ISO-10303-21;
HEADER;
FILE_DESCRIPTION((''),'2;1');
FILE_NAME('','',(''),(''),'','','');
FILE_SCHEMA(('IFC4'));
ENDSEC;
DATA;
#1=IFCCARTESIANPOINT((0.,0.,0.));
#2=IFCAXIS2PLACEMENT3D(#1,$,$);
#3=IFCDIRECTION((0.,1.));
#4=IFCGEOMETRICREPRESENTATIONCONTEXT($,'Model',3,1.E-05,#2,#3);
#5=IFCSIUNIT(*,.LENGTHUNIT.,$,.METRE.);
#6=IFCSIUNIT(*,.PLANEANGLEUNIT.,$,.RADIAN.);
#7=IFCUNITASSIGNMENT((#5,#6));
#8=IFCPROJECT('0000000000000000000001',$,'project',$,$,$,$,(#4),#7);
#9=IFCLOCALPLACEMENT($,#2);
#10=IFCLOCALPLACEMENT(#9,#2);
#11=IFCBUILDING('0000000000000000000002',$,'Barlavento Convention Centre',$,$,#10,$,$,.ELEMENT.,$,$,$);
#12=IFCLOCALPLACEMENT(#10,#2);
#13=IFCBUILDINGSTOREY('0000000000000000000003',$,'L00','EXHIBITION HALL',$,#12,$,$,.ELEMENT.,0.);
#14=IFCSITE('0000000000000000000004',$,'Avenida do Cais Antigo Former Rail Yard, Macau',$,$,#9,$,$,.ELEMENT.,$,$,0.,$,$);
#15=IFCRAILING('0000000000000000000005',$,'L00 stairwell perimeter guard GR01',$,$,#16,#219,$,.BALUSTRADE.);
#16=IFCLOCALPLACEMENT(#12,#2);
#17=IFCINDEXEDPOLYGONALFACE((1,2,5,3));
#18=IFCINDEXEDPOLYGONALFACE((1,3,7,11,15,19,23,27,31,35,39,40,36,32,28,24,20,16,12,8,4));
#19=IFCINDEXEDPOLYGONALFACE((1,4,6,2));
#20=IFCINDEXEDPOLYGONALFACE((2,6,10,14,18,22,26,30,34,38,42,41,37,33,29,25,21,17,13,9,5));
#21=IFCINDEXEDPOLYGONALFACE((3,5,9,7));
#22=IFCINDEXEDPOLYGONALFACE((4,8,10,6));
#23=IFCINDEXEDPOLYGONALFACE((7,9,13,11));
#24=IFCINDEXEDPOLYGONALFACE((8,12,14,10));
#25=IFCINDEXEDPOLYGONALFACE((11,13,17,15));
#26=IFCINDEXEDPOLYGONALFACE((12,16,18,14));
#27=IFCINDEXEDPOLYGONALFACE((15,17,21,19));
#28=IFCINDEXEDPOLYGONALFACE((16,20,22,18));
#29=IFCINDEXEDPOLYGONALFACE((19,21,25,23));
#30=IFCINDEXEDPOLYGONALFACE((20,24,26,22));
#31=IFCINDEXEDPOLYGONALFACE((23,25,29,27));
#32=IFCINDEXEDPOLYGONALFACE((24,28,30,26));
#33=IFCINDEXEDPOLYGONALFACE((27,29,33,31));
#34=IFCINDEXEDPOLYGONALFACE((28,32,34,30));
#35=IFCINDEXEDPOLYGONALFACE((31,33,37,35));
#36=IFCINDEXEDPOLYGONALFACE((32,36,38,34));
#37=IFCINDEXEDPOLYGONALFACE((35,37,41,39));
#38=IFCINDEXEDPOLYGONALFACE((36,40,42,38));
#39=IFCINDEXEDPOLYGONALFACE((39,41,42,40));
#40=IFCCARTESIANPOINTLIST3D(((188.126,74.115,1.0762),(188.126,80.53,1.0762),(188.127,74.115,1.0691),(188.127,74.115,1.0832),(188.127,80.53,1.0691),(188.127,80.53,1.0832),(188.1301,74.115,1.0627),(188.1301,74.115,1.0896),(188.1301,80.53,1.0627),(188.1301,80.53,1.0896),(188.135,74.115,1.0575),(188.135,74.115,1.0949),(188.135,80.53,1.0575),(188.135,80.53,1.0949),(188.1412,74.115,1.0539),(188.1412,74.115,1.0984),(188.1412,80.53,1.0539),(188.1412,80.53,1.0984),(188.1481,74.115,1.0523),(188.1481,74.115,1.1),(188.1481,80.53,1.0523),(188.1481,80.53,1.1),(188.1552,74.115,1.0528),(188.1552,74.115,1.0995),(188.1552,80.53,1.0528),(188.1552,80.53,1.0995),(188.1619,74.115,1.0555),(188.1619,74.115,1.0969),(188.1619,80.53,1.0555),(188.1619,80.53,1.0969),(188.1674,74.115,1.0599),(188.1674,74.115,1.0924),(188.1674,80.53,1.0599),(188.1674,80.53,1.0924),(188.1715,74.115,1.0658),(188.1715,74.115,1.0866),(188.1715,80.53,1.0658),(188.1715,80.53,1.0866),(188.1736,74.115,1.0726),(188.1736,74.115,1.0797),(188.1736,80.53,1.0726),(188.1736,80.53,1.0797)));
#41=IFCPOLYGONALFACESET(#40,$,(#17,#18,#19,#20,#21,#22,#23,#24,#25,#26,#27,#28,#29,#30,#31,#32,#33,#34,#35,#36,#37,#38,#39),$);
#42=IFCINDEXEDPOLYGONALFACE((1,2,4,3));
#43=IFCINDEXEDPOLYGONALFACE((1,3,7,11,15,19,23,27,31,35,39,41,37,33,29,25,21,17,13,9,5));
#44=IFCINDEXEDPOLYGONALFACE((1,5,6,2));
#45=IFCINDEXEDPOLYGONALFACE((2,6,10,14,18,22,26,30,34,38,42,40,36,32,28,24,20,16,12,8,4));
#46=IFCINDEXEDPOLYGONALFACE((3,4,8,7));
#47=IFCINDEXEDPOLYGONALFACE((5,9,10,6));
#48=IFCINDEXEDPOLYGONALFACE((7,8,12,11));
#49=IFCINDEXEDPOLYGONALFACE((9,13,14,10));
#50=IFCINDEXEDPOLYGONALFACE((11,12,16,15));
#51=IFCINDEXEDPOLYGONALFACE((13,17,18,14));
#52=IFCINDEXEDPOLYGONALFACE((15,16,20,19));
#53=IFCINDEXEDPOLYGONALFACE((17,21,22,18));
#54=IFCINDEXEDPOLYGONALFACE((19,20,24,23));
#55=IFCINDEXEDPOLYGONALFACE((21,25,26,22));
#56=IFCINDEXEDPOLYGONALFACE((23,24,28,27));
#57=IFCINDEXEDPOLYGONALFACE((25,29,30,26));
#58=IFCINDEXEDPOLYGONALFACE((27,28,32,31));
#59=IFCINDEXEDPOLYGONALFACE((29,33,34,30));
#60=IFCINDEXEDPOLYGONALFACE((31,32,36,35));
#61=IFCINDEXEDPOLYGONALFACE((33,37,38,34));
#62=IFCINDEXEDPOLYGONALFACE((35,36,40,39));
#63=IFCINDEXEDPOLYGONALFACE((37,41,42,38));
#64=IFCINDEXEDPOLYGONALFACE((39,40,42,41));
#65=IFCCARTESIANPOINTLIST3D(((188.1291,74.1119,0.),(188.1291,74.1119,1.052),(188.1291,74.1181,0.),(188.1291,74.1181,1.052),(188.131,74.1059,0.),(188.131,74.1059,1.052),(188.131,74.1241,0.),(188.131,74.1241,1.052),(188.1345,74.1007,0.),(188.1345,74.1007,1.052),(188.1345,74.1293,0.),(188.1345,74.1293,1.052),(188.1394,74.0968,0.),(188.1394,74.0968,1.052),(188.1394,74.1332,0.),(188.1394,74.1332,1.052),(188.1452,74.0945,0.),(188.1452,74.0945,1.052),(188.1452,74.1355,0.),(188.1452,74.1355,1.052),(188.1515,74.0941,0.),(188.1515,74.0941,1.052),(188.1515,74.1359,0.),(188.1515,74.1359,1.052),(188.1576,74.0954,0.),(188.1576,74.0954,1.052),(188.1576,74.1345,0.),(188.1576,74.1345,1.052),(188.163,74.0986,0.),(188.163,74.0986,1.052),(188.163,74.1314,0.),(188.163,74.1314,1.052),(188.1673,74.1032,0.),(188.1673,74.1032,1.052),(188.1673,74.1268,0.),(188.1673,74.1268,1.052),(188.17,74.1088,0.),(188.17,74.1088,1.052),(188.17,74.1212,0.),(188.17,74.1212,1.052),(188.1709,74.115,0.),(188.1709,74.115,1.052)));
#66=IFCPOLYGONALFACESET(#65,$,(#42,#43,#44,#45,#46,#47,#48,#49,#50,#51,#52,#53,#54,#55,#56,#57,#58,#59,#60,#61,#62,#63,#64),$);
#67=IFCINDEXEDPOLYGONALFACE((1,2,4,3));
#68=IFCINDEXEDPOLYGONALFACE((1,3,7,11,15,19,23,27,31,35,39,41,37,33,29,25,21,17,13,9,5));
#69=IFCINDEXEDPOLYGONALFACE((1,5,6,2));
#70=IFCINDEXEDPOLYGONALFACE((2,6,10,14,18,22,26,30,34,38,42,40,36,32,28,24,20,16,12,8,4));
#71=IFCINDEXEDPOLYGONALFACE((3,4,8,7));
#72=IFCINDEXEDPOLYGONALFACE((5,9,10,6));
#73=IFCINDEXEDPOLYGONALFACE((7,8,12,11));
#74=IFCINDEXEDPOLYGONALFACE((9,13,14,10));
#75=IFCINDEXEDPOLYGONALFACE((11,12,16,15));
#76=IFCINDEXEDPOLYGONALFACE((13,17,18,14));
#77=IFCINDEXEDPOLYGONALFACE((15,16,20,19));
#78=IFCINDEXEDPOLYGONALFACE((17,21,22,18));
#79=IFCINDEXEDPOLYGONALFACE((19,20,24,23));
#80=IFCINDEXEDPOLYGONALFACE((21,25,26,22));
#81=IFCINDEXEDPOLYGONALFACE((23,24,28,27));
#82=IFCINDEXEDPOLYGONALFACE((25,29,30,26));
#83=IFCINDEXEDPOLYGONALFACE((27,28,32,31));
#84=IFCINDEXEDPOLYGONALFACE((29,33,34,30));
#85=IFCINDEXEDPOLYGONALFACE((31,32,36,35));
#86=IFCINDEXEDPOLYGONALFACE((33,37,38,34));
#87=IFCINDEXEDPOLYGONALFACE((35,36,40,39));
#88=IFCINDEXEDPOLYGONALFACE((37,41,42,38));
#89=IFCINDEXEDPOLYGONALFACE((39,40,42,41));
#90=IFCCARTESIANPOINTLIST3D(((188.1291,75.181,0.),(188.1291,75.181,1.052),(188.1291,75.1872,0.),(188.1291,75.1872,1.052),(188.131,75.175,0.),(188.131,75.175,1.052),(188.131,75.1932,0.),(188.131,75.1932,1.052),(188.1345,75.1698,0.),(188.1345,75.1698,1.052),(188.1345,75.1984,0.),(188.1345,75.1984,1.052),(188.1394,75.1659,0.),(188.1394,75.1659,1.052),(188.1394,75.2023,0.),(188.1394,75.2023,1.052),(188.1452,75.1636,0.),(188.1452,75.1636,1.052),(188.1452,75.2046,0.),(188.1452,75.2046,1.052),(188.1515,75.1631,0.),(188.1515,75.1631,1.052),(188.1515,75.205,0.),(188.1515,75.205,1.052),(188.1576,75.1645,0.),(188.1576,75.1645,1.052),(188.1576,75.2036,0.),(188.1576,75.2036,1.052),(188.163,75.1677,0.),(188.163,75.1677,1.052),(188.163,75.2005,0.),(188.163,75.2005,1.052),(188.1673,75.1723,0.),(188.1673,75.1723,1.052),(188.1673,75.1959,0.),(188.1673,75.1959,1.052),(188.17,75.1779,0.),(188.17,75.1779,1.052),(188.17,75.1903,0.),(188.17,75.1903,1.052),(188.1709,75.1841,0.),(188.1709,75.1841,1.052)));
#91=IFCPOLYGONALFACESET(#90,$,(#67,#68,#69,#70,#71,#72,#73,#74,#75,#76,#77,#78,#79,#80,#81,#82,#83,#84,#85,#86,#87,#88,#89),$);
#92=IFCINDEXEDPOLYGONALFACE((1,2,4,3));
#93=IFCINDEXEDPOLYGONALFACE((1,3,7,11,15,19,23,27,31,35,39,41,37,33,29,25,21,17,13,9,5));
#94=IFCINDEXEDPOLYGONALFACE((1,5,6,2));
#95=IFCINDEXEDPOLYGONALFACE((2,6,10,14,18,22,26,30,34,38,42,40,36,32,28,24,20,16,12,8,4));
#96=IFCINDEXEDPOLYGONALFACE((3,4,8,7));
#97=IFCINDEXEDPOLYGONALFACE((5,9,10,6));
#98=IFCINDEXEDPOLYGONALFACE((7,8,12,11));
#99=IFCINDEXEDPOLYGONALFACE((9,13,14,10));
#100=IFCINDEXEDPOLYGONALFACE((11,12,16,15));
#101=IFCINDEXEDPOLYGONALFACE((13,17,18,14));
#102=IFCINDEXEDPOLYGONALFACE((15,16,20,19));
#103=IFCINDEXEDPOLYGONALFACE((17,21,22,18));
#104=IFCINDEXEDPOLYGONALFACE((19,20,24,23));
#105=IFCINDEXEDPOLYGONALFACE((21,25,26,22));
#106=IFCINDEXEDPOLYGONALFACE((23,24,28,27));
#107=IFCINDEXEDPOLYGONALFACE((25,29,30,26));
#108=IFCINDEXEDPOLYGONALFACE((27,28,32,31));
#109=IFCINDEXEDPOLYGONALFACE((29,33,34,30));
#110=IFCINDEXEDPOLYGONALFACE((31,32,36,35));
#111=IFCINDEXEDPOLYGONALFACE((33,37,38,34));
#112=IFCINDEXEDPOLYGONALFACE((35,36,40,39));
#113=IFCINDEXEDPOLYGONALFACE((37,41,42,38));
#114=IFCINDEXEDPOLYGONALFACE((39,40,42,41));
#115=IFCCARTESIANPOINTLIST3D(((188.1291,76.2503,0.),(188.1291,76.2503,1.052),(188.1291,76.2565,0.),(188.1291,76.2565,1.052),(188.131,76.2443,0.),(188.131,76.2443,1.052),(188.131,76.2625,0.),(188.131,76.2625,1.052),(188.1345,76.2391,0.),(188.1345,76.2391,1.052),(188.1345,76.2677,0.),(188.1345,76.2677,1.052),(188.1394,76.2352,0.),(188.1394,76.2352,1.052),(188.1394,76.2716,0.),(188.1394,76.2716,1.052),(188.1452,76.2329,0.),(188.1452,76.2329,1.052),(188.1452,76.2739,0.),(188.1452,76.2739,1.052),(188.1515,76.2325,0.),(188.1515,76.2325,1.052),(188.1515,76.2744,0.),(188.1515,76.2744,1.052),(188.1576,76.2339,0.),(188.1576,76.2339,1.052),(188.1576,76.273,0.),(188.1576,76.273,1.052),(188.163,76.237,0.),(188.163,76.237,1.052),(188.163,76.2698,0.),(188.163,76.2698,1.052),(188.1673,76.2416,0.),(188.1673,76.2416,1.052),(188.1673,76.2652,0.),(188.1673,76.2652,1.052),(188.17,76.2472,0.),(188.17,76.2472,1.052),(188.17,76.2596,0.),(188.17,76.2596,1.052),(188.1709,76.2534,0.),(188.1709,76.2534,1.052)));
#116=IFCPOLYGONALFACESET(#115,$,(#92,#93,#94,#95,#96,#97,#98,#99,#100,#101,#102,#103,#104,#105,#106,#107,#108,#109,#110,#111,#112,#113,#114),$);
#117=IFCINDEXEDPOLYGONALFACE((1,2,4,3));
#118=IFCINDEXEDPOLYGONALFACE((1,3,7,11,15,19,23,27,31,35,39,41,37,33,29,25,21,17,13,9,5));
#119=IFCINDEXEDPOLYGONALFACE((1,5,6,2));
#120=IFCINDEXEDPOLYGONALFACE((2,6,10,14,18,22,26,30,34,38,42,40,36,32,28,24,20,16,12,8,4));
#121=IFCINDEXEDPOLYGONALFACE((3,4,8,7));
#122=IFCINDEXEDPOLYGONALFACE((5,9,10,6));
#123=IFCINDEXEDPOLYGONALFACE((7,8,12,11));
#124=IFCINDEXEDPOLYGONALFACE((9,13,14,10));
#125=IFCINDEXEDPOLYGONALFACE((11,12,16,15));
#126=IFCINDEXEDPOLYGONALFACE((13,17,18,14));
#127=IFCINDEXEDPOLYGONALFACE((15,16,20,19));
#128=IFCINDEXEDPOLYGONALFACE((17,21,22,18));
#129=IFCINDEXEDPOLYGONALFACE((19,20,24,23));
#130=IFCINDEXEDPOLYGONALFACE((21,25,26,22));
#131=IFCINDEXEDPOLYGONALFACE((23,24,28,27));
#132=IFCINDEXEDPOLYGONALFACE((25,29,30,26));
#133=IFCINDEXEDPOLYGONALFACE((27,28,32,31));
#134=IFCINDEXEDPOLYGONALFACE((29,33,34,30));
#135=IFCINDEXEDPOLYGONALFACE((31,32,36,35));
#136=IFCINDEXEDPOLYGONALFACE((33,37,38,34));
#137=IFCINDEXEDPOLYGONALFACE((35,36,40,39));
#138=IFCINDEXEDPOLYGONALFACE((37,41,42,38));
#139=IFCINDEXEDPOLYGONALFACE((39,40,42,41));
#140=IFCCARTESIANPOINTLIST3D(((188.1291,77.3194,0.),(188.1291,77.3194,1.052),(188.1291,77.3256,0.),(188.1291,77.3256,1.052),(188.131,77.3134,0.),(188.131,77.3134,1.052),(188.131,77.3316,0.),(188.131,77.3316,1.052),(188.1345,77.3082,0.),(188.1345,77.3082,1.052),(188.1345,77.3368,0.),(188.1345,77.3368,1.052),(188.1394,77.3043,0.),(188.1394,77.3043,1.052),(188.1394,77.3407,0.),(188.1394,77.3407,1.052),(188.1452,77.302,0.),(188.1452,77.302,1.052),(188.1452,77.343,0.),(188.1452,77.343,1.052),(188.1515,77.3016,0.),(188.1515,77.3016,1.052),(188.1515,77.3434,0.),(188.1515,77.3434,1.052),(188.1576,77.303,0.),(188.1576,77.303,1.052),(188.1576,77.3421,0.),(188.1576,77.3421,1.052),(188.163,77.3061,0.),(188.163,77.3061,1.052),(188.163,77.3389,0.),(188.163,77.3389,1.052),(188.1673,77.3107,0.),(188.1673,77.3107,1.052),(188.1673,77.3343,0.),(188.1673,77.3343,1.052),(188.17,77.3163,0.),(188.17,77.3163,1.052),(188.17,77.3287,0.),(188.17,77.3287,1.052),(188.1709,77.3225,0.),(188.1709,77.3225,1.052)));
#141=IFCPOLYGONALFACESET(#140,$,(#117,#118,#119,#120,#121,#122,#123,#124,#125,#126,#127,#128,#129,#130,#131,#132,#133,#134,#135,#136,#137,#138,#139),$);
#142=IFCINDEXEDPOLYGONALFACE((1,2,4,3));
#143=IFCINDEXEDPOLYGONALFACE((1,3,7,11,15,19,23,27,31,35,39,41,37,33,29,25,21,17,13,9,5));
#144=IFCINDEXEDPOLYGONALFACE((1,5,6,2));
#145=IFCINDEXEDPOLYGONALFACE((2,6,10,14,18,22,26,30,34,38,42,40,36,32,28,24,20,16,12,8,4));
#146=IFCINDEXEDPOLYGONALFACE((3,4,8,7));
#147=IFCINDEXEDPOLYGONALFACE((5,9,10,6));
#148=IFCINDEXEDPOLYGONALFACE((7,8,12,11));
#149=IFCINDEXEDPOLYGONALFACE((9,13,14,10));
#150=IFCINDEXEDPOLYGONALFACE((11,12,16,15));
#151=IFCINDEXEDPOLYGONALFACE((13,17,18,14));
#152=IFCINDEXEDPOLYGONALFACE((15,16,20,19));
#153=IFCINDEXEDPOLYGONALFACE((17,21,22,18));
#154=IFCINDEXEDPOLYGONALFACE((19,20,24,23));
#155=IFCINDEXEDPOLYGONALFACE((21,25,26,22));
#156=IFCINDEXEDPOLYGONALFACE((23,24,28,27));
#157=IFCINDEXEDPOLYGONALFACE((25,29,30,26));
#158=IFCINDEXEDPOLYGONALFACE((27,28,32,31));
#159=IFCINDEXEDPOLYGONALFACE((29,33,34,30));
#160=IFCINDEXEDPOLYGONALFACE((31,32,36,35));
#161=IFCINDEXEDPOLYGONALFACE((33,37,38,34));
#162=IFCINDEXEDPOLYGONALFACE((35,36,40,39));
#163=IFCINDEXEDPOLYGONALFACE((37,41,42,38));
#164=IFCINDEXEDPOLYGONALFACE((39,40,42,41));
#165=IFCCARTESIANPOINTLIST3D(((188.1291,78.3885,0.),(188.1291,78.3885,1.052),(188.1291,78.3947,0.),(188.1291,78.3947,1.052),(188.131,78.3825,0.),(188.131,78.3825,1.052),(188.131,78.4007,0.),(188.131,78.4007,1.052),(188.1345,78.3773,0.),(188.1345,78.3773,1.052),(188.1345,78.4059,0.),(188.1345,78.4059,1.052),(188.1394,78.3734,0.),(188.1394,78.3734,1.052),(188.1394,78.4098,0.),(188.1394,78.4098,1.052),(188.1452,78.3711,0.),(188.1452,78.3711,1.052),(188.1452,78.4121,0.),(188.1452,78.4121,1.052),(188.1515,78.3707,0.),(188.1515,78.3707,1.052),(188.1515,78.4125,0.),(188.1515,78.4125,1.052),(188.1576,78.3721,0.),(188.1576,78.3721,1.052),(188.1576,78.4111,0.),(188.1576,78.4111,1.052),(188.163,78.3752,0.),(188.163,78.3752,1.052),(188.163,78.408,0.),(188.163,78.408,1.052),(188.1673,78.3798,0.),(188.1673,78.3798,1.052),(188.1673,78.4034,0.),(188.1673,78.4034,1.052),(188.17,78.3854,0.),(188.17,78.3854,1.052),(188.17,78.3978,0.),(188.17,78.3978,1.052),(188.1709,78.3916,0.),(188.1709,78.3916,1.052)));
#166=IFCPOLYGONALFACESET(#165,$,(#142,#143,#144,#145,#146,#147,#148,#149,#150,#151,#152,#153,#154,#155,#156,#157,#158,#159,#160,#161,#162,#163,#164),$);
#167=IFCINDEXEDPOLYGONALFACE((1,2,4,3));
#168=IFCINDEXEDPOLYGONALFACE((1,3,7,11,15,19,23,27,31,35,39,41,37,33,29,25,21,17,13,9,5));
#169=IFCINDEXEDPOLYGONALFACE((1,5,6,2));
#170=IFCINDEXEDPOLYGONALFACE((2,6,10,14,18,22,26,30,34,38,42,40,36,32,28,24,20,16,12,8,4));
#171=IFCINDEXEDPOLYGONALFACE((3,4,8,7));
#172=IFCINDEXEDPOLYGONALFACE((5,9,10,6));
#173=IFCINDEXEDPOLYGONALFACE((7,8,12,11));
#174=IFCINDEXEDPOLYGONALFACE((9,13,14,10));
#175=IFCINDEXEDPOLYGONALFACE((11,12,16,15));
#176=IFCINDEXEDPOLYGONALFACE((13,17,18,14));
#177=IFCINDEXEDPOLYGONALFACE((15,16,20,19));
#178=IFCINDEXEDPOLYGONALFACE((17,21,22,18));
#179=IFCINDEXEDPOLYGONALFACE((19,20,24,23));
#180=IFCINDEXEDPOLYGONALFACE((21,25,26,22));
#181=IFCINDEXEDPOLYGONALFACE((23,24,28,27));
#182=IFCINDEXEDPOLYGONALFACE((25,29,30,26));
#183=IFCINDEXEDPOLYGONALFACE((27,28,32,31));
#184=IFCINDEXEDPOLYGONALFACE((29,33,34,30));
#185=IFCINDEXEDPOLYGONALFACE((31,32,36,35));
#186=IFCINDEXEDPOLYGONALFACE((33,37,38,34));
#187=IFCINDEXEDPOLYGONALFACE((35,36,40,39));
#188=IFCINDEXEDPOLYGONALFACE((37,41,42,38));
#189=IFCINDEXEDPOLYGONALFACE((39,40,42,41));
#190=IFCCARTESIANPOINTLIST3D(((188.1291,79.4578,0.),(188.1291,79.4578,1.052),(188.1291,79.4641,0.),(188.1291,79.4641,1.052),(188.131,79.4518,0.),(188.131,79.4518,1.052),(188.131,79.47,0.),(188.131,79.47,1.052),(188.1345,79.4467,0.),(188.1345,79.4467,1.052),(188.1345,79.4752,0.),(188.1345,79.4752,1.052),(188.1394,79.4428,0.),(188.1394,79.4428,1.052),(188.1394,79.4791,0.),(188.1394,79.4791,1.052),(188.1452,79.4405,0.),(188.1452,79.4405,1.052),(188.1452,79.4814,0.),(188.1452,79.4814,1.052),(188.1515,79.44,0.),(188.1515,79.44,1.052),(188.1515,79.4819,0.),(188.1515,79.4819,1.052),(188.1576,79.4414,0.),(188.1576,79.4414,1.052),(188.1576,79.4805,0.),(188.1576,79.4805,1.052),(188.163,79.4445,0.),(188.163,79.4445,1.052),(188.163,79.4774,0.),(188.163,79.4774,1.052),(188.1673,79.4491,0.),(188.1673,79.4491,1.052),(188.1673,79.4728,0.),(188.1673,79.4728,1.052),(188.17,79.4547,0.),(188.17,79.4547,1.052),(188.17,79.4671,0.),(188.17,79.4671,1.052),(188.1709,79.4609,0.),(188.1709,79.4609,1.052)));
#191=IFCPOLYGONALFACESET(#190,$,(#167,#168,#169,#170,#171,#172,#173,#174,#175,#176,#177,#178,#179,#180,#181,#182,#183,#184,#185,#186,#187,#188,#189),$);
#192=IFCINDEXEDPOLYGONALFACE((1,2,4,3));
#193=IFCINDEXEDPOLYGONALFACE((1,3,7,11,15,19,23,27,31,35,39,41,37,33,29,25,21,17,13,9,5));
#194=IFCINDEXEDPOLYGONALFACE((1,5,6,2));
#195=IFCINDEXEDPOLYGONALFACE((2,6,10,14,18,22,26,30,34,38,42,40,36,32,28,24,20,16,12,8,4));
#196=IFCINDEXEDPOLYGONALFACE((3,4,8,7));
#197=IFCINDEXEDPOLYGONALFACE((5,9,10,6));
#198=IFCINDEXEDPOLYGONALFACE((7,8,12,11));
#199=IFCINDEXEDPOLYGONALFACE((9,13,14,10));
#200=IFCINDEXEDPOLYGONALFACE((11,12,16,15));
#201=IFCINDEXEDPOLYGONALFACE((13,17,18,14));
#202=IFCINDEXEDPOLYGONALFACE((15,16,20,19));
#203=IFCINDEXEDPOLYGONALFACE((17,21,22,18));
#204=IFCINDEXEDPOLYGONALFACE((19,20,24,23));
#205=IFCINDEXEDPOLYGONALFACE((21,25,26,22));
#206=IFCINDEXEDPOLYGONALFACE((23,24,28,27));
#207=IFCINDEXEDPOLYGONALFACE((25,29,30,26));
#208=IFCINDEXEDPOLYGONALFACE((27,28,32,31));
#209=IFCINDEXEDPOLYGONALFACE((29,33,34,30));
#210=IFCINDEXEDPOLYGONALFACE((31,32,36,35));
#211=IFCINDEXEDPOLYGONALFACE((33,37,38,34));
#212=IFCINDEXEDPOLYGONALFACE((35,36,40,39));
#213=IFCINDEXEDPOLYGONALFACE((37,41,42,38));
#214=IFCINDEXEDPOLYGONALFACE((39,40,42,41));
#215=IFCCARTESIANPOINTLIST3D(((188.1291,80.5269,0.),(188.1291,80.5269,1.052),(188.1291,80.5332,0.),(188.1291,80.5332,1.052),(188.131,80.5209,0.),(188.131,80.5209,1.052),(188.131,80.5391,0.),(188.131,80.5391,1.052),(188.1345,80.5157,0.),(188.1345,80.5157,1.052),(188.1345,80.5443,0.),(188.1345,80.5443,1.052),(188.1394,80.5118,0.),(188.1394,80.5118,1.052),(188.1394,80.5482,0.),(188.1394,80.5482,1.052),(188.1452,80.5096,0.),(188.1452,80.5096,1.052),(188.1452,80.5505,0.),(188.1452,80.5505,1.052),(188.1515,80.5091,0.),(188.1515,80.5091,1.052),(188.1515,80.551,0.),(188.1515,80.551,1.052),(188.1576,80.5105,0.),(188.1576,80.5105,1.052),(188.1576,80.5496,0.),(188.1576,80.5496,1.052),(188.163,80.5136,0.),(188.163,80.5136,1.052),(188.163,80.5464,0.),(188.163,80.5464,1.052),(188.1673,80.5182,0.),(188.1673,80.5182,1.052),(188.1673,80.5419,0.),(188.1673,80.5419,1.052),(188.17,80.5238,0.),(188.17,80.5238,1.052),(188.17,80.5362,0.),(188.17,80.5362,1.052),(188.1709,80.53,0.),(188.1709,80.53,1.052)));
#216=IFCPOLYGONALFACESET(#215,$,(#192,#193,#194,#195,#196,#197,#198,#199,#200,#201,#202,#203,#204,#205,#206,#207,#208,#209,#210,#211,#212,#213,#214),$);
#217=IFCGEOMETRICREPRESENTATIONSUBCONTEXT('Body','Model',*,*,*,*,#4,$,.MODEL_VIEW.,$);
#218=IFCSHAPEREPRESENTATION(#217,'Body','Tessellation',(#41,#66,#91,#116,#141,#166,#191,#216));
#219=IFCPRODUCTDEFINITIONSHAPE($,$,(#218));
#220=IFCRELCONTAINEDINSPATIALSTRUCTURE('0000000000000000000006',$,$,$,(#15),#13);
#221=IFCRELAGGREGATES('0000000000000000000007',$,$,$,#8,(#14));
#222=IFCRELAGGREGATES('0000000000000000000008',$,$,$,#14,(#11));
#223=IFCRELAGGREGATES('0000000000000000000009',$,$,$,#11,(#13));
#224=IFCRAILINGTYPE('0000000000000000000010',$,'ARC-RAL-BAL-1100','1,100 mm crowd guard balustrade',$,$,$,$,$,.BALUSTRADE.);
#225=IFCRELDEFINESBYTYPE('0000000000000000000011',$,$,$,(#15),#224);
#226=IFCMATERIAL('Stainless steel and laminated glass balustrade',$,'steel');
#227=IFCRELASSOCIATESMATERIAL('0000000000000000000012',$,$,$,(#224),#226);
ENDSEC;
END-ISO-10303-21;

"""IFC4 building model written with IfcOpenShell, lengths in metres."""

from ifc_helpers import new_model, si_unit, direction, frame, origin, origin_2d, place, context, subcontext, project, spatial, circle, extrude, material, type_object, element, save


model = new_model("IFC4")

# Units and contexts
model_context = context("Model", 3, precision=1e-05, world=origin(), true_north=direction((0.0, 1.0)))
body_context = subcontext(model_context, "Body", "Model", "MODEL_VIEW")
ifc_project = project(units=[si_unit("LENGTHUNIT", "METRE"), si_unit("PLANEANGLEUNIT", "RADIAN")], contexts=[model_context])

# Site, building, storey
site_placement = place(None, origin())
site = spatial("IfcSite", under=ifc_project, at=site_placement, Name="Avenida do Cais Antigo Former Rail Yard, Macau", CompositionType="ELEMENT", RefElevation=0.0)
building_placement = place(site_placement, origin())
building = spatial("IfcBuilding", under=site, at=building_placement, Name="Barlavento Convention Centre", CompositionType="ELEMENT")
storey_placement = place(building_placement, origin())
storey = spatial("IfcBuildingStorey", under=building, at=storey_placement, Name="L00", Description="EXHIBITION HALL", CompositionType="ELEMENT", Elevation=0.0)

# Railing
ifc_material_1 = material(Name="Stainless steel and laminated glass balustrade", Category="steel")
railing_type_1 = type_object("IfcRailingType", Name="ARC-RAL-BAL-1100", Description="1,100 mm crowd guard balustrade", PredefinedType="BALUSTRADE", material=ifc_material_1)
railing_1_placement = place(storey_placement, frame((188.1499, 74.115, 0.0)))
element("IfcRailing", 1, at=railing_1_placement, inside=storey, type_object=railing_type_1, Name="L00 stairwell perimeter guard GR01", PredefinedType="BALUSTRADE", context=body_context, shape_type="SweptSolid", body=[
    extrude(circle(Radius=0.0239, at=origin_2d()), frame((0.0, 0.0, 1.0762), z_axis=(0.0, 1.0, 0.0), x_axis=(-1.0, 0.0, 0.0)), (0.0, 0.0, 1.0), 6.415),
    extrude(circle(Radius=0.021, at=origin_2d()), origin(), (0.0, 0.0, 1.0), 1.052),
    extrude(circle(Radius=0.021, at=origin_2d()), frame((0.0, 1.0691, 0.0)), (0.0, 0.0, 1.0), 1.052),
    extrude(circle(Radius=0.021, at=origin_2d()), frame((0.0, 2.1384, 0.0)), (0.0, 0.0, 1.0), 1.052),
    extrude(circle(Radius=0.021, at=origin_2d()), frame((0.0, 3.2075, 0.0)), (0.0, 0.0, 1.0), 1.052),
    extrude(circle(Radius=0.021, at=origin_2d()), frame((0.0, 4.2766, 0.0)), (0.0, 0.0, 1.0), 1.052),
    extrude(circle(Radius=0.021, at=origin_2d()), frame((0.0, 5.3459, 0.0)), (0.0, 0.0, 1.0), 1.052),
    extrude(circle(Radius=0.021, at=origin_2d()), frame((0.0, 6.415, 0.0)), (0.0, 0.0, 1.0), 1.052),
])

save(model, "model.ifc")
